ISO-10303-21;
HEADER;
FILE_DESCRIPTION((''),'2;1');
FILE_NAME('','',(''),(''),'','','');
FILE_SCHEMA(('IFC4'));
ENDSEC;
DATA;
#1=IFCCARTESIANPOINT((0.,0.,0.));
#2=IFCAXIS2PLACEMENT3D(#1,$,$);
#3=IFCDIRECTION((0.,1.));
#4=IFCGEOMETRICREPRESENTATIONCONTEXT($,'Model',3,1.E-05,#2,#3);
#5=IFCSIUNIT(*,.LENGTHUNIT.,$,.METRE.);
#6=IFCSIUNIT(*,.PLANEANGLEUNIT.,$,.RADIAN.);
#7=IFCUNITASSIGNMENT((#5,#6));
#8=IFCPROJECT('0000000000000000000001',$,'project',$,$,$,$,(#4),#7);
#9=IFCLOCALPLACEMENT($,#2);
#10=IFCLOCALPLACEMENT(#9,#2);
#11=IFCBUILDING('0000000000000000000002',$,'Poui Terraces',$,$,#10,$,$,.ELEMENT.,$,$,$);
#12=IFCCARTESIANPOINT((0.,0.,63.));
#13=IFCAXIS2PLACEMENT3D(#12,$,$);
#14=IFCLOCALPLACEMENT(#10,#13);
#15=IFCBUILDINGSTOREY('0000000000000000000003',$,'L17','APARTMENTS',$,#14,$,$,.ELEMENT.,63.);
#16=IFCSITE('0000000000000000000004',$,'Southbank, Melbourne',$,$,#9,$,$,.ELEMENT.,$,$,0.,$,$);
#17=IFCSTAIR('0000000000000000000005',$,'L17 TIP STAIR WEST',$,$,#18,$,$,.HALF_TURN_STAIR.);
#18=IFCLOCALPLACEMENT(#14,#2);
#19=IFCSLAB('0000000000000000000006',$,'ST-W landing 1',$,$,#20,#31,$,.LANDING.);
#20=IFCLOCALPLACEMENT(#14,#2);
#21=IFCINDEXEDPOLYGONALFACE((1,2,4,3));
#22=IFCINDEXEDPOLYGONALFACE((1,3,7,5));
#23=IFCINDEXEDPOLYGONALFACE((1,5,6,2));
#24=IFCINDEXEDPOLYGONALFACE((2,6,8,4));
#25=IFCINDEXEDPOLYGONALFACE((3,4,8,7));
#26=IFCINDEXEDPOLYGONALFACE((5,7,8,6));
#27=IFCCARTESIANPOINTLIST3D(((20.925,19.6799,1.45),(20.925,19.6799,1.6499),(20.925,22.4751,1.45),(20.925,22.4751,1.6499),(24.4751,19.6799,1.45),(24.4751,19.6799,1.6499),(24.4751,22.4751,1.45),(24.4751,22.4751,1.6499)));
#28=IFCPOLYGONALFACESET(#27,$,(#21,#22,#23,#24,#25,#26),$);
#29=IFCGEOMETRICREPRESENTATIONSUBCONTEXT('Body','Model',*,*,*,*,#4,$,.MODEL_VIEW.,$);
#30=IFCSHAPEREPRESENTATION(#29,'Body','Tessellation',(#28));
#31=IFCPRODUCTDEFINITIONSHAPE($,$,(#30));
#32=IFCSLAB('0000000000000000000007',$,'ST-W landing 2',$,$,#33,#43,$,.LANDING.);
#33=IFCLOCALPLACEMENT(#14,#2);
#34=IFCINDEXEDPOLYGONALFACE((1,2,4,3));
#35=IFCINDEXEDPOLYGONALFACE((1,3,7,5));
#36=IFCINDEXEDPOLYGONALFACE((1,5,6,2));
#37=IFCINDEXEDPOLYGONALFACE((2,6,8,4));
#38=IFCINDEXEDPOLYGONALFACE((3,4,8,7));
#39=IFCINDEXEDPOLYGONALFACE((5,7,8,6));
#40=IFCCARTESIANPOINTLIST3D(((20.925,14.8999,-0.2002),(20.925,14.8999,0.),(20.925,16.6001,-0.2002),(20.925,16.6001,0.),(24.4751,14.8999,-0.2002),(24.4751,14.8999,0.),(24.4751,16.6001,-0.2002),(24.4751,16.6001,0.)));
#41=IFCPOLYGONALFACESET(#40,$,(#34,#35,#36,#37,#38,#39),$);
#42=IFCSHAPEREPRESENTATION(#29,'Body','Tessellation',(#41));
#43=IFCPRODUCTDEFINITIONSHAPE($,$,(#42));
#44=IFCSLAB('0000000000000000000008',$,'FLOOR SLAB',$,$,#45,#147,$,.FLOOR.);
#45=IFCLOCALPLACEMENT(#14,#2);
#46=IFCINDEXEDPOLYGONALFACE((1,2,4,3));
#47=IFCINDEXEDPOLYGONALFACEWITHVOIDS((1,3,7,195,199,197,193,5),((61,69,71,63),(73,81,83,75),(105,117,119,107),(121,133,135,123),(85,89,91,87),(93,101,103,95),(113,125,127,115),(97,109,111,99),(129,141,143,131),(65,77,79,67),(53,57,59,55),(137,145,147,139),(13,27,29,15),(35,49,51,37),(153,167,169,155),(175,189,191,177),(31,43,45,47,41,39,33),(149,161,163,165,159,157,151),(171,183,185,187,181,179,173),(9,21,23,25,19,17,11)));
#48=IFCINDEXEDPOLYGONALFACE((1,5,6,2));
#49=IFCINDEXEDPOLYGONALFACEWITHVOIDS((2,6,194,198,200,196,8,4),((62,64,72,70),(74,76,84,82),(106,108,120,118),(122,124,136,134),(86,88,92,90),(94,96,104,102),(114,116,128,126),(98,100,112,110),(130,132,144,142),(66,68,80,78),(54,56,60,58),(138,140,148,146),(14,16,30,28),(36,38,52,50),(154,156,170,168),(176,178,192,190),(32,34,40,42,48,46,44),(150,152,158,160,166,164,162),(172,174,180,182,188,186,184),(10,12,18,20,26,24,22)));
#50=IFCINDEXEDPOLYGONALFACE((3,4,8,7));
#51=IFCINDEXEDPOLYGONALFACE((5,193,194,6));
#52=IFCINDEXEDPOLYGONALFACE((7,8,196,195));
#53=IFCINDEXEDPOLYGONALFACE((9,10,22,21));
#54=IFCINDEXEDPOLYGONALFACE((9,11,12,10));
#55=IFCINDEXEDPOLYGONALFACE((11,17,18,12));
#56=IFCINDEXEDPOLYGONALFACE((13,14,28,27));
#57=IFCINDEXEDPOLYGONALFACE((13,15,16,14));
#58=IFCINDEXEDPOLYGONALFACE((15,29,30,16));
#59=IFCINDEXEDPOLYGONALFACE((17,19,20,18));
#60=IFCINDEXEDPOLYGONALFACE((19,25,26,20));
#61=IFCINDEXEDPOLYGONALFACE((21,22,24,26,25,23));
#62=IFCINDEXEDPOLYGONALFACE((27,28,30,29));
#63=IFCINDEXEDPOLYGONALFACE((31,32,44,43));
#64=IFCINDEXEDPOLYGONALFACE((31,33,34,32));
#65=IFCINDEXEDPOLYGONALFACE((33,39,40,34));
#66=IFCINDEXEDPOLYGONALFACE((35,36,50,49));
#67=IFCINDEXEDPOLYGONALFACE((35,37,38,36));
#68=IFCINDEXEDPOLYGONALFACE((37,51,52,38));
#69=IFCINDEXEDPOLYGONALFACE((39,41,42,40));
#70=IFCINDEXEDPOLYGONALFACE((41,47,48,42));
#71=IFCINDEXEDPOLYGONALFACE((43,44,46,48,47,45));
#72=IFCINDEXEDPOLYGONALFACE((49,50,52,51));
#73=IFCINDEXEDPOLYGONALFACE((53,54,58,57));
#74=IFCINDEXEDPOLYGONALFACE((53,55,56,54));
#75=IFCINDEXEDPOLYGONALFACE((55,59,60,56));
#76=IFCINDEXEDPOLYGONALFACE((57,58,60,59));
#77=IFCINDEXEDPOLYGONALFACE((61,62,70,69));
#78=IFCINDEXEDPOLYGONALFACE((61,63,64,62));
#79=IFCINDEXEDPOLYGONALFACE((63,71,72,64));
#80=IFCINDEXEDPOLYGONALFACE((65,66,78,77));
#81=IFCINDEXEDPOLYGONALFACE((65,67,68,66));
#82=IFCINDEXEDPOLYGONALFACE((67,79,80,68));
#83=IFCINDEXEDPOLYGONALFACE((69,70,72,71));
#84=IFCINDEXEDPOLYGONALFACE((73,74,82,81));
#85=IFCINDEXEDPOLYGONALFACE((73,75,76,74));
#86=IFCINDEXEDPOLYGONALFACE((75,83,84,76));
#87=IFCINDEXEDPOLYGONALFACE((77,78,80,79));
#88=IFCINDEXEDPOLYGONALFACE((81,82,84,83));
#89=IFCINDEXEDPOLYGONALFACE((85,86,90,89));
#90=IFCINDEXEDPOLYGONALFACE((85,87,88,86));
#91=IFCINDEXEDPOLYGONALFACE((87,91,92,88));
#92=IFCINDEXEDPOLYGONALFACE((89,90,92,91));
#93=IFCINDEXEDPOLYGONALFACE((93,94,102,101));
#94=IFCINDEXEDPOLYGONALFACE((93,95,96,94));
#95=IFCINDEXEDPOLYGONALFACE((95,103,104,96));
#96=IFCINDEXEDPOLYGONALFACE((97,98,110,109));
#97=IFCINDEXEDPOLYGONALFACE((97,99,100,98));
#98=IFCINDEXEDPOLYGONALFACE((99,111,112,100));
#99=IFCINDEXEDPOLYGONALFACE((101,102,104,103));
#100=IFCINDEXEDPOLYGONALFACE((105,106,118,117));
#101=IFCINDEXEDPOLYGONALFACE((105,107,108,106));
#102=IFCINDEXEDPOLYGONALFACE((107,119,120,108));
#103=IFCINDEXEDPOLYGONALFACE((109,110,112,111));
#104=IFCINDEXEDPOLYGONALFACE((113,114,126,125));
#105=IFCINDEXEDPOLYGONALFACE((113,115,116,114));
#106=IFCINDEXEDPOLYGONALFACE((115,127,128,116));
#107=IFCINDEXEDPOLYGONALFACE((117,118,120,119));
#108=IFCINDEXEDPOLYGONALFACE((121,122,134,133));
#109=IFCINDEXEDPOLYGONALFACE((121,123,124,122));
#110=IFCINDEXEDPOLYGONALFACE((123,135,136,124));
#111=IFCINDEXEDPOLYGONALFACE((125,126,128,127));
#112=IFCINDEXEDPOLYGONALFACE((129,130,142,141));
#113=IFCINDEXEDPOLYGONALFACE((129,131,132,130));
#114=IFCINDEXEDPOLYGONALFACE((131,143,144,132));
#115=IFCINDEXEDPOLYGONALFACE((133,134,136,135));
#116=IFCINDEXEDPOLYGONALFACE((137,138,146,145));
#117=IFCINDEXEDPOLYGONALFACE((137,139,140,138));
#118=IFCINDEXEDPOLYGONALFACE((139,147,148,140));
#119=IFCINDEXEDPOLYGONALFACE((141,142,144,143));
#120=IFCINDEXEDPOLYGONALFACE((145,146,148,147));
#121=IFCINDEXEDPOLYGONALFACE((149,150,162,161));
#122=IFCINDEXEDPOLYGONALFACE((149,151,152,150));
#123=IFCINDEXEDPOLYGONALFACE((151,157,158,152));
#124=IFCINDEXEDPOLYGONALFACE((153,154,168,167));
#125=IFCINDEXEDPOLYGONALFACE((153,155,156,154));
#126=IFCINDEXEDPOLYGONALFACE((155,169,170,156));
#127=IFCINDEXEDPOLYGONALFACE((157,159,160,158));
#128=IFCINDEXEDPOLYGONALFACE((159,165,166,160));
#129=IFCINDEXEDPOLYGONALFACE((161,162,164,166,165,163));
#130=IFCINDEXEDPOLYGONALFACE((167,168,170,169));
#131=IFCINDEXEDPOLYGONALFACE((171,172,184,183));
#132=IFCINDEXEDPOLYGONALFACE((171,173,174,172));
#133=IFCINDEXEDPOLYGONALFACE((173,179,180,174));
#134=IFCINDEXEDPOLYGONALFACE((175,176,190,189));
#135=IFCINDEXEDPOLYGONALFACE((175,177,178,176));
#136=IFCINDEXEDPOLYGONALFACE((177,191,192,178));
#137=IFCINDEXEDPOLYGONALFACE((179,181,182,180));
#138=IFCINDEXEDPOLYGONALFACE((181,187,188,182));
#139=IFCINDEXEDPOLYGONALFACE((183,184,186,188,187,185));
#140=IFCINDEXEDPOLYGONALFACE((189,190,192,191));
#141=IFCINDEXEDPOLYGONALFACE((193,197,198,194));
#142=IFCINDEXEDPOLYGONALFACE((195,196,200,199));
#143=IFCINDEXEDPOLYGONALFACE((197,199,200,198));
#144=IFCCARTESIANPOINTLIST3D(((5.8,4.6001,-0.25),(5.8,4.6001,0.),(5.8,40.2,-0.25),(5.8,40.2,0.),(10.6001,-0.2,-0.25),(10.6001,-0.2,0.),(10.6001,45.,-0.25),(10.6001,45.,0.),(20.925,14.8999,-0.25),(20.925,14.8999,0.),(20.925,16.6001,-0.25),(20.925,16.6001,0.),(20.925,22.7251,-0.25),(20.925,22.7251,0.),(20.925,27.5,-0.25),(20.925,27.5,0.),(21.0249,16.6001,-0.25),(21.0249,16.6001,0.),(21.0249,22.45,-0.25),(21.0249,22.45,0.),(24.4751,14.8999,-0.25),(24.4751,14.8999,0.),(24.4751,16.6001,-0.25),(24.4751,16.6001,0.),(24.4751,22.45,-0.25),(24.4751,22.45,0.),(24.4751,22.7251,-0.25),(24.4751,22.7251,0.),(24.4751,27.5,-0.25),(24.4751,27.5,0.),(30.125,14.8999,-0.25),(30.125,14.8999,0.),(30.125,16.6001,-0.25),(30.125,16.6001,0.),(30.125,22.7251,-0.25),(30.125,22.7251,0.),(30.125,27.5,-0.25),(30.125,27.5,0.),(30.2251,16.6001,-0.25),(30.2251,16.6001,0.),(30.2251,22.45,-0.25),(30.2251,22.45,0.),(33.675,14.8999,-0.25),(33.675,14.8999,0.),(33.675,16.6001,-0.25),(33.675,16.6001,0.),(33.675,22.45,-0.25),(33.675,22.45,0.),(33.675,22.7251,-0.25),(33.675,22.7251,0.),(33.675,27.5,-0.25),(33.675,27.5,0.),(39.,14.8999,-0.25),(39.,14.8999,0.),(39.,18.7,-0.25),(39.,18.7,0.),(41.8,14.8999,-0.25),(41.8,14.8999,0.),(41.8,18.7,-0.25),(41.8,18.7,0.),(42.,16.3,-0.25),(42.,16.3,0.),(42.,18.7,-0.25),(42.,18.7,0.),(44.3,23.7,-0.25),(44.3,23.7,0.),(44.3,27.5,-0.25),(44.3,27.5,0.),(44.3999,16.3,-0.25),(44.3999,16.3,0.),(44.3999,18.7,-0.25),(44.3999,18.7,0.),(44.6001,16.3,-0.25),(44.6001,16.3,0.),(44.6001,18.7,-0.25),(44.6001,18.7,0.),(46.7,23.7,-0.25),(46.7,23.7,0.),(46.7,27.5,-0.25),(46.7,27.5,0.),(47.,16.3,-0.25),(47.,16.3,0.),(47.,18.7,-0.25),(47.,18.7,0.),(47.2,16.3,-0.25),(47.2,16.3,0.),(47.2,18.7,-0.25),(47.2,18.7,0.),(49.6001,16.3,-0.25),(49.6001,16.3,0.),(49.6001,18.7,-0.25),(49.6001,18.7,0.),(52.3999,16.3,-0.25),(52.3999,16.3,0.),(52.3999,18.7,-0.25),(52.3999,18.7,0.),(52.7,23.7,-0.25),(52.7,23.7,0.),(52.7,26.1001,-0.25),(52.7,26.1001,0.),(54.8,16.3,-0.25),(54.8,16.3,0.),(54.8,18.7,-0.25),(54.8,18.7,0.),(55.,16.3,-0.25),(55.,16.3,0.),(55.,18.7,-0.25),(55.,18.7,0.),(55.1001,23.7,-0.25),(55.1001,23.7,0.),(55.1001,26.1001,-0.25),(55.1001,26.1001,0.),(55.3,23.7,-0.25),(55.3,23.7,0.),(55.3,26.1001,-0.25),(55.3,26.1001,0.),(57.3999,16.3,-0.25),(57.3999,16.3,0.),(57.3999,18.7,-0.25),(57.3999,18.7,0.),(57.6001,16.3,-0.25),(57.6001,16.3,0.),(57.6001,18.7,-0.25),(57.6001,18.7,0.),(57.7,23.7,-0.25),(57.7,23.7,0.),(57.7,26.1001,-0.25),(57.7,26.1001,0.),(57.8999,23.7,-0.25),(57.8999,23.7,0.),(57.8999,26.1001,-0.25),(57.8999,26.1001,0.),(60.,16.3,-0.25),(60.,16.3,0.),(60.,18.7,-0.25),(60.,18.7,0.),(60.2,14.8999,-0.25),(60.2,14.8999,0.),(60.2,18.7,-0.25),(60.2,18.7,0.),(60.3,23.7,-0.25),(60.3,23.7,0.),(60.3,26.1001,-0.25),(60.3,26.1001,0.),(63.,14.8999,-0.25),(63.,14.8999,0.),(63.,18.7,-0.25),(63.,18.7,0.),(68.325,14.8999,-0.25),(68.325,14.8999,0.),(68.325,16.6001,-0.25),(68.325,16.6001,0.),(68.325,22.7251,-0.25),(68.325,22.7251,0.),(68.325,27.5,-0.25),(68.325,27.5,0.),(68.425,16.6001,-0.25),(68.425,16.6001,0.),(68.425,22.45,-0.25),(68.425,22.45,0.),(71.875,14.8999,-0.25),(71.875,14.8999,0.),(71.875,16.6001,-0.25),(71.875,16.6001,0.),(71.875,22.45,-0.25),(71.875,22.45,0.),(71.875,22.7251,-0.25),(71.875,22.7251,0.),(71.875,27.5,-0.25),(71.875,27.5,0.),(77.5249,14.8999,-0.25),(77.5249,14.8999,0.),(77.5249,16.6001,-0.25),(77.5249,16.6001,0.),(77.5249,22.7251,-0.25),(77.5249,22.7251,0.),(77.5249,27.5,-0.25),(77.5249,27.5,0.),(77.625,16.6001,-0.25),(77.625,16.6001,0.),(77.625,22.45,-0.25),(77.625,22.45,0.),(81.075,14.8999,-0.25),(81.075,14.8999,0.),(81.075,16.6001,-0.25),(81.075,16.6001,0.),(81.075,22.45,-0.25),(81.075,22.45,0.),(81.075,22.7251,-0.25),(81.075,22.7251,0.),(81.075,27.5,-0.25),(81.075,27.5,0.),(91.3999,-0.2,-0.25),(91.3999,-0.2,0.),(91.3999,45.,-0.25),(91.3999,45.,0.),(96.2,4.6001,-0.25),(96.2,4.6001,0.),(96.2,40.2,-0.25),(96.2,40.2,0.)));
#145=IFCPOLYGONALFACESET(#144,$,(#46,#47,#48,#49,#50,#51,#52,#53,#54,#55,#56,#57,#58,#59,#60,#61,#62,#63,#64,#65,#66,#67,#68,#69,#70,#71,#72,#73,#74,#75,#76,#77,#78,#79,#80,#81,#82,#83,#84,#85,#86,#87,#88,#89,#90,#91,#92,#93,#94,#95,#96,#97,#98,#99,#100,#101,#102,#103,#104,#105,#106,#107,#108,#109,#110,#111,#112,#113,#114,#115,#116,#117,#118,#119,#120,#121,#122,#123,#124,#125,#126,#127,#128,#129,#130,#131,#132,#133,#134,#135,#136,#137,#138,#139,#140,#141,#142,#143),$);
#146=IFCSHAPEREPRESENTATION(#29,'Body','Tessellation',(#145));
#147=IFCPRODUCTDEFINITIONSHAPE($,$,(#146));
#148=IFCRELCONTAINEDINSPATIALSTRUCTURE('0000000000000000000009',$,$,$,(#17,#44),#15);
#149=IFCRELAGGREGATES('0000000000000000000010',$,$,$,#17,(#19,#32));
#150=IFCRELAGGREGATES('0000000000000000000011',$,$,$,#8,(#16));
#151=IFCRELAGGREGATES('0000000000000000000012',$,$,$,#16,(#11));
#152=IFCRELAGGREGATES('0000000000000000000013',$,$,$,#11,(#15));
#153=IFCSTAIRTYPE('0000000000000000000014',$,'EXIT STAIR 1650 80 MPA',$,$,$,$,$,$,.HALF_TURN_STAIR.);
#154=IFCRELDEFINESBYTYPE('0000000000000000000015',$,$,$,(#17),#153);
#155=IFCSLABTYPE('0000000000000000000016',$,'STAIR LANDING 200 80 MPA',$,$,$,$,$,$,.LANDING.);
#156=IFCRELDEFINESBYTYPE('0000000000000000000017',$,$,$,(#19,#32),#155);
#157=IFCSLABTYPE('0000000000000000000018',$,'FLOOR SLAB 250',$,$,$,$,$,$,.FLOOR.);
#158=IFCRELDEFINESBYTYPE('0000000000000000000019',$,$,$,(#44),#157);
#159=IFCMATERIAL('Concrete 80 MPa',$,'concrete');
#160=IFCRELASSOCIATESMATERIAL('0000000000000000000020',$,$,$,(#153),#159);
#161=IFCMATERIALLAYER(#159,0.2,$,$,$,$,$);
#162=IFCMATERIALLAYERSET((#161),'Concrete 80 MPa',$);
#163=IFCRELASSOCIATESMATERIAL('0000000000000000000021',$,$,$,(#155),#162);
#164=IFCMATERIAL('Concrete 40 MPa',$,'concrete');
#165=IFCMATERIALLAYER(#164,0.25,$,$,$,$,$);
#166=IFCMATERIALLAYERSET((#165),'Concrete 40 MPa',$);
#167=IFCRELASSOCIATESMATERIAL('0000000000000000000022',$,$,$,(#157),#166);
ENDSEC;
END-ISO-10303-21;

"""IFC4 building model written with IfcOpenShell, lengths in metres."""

from ifc_helpers import new_model, si_unit, direction, frame, origin, place, context, subcontext, project, spatial, polyline, outline, extrude, source, transform, mapped, material, layer, layer_set, type_object, element, aggregate, save


model = new_model("IFC4")

# Units and contexts
model_context = context("Model", 3, precision=1e-05, world=origin(), true_north=direction((0.0, 1.0)))
body_context = subcontext(model_context, "Body", "Model", "MODEL_VIEW")
ifc_project = project(units=[si_unit("LENGTHUNIT", "METRE"), si_unit("PLANEANGLEUNIT", "RADIAN")], contexts=[model_context])

# Site, building, storey
site_placement = place(None, origin())
site = spatial("IfcSite", under=ifc_project, at=site_placement, Name="Southbank, Melbourne", CompositionType="ELEMENT", RefElevation=0.0)
building_placement = place(site_placement, origin())
building = spatial("IfcBuilding", under=site, at=building_placement, Name="Poui Terraces", CompositionType="ELEMENT")
storey_placement = place(building_placement, frame((0.0, 0.0, 63.0)))
storey = spatial("IfcBuildingStorey", under=building, at=storey_placement, Name="L17", Description="APARTMENTS", CompositionType="ELEMENT", Elevation=63.0)

# Stair, slabs
ifc_material_1 = material(Name="Concrete 80 MPa", Category="concrete")
stair_type = type_object("IfcStairType", Name="EXIT STAIR 1650 80 MPA", PredefinedType="HALF_TURN_STAIR", material=ifc_material_1)
stair_placement = place(storey_placement, origin())
stair = element("IfcStair", 1, at=stair_placement, inside=storey, type_object=stair_type, Name="L17 TIP STAIR WEST", PredefinedType="HALF_TURN_STAIR")
ifc_layer_1 = layer(ifc_material_1, 0.2)
ifc_layer_set_1 = layer_set([ifc_layer_1], Name="Concrete 80 MPa")
slab_type_1 = type_object("IfcSlabType", Name="STAIR LANDING 200 80 MPA", PredefinedType="LANDING", material=ifc_layer_set_1)
slab_1_placement = place(storey_placement, frame((0.0, 0.0, 1.45)))
slab_1 = element("IfcSlab", 2, at=slab_1_placement, type_object=slab_type_1, Name="ST-W landing 1", PredefinedType="LANDING", context=body_context, shape_type="SweptSolid", body=[
    extrude(outline(polyline([(20.925, 19.6799), (24.4751, 19.6799), (24.4751, 22.4751), (20.925, 22.4751), (20.925, 19.6799)])), origin(), (0.0, 0.0, 1.0), 0.2),
])
slab_2_placement = place(storey_placement, frame((0.0, 0.0, -0.2002)))
slab_2 = element("IfcSlab", 3, at=slab_2_placement, type_object=slab_type_1, Name="ST-W landing 2", PredefinedType="LANDING", context=body_context, shape_type="SweptSolid", body=[
    extrude(outline(polyline([(20.925, 14.8999), (24.4751, 14.8999), (24.4751, 16.6001), (20.925, 16.6001), (20.925, 14.8999)])), origin(), (0.0, 0.0, 1.0), 0.2002),
])
aggregate(stair, [slab_1, slab_2])

# Slab
ifc_material_2 = material(Name="Concrete 40 MPa", Category="concrete")
ifc_layer_2 = layer(ifc_material_2, 0.25)
ifc_layer_set_2 = layer_set([ifc_layer_2], Name="Concrete 40 MPa")
slab_type_2 = type_object("IfcSlabType", Name="FLOOR SLAB 250", PredefinedType="FLOOR", material=ifc_layer_set_2)
shared_shape = source(origin(), body_context, "Body", "SweptSolid", [
    extrude(outline(polyline([(0.0, 0.0), (4.8, -4.8), (85.5999, -4.8), (90.3999, 0.0), (90.3999, 35.5999), (85.5999, 40.3999), (4.8, 40.3999), (0.0, 35.5999), (0.0, 0.0)]), holes=[polyline([(33.2, 10.2998), (33.2, 14.0999), (36.0, 14.0999), (36.0, 10.2998), (33.2, 10.2998)]), polyline([(36.2, 11.7), (36.2, 14.0999), (38.5999, 14.0999), (38.5999, 11.7), (36.2, 11.7)]), polyline([(38.8, 11.7), (38.8, 14.0999), (41.2, 14.0999), (41.2, 11.7), (38.8, 11.7)]), polyline([(41.3999, 14.0999), (43.8, 14.0999), (43.8, 11.7), (41.3999, 11.7), (41.3999, 14.0999)]), polyline([(46.5999, 14.0999), (49.0, 14.0999), (49.0, 11.7), (46.5999, 11.7), (46.5999, 14.0999)]), polyline([(15.2249, 17.8499), (18.675, 17.8499), (18.675, 12.0), (18.675, 10.2998), (15.125, 10.2998), (15.125, 12.0), (15.2249, 12.0), (15.2249, 17.8499)]), polyline([(24.425, 17.8499), (27.875, 17.8499), (27.875, 12.0), (27.875, 10.2998), (24.325, 10.2998), (24.325, 12.0), (24.425, 12.0), (24.425, 17.8499)]), polyline([(15.125, 18.125), (15.125, 22.8999), (18.675, 22.8999), (18.675, 18.125), (15.125, 18.125)]), polyline([(24.325, 22.8999), (27.875, 22.8999), (27.875, 18.125), (24.325, 18.125), (24.325, 22.8999)]), polyline([(38.5, 22.8999), (40.8999, 22.8999), (40.8999, 19.0999), (38.5, 19.0999), (38.5, 22.8999)]), polyline([(54.3999, 10.2998), (54.3999, 14.0999), (57.2, 14.0999), (57.2, 10.2998), (54.3999, 10.2998)]), polyline([(49.2, 11.7), (49.2, 14.0999), (51.5999, 14.0999), (51.5999, 11.7), (49.2, 11.7)]), polyline([(51.8, 11.7), (51.8, 14.0999), (54.2, 14.0999), (54.2, 11.7), (51.8, 11.7)]), polyline([(66.075, 17.8499), (66.075, 12.0), (66.075, 10.2998), (62.5249, 10.2998), (62.5249, 12.0), (62.625, 12.0), (62.625, 17.8499), (66.075, 17.8499)]), polyline([(75.2749, 17.8499), (75.2749, 12.0), (75.2749, 10.2998), (71.7249, 10.2998), (71.7249, 12.0), (71.825, 12.0), (71.825, 17.8499), (75.2749, 17.8499)]), polyline([(46.8999, 19.0999), (46.8999, 21.5), (49.3, 21.5), (49.3, 19.0999), (46.8999, 19.0999)]), polyline([(49.5, 19.0999), (49.5, 21.5), (51.8999, 21.5), (51.8999, 19.0999), (49.5, 19.0999)]), polyline([(52.0999, 19.0999), (52.0999, 21.5), (54.5, 21.5), (54.5, 19.0999), (52.0999, 19.0999)]), polyline([(62.5249, 22.8999), (66.075, 22.8999), (66.075, 18.125), (62.5249, 18.125), (62.5249, 22.8999)]), polyline([(71.7249, 22.8999), (75.2749, 22.8999), (75.2749, 18.125), (71.7249, 18.125), (71.7249, 22.8999)])]), origin(), (0.0, 0.0, 1.0), 0.25),
])
slab_3_placement = place(storey_placement, frame((5.8, 4.6001, -0.25)))
element("IfcSlab", 4, at=slab_3_placement, inside=storey, type_object=slab_type_2, Name="FLOOR SLAB", PredefinedType="FLOOR", context=body_context, shape_type="MappedRepresentation", body=[
    mapped(shared_shape, transform((0.0, 0.0, 0.0))),
])

save(model, "model.ifc")
